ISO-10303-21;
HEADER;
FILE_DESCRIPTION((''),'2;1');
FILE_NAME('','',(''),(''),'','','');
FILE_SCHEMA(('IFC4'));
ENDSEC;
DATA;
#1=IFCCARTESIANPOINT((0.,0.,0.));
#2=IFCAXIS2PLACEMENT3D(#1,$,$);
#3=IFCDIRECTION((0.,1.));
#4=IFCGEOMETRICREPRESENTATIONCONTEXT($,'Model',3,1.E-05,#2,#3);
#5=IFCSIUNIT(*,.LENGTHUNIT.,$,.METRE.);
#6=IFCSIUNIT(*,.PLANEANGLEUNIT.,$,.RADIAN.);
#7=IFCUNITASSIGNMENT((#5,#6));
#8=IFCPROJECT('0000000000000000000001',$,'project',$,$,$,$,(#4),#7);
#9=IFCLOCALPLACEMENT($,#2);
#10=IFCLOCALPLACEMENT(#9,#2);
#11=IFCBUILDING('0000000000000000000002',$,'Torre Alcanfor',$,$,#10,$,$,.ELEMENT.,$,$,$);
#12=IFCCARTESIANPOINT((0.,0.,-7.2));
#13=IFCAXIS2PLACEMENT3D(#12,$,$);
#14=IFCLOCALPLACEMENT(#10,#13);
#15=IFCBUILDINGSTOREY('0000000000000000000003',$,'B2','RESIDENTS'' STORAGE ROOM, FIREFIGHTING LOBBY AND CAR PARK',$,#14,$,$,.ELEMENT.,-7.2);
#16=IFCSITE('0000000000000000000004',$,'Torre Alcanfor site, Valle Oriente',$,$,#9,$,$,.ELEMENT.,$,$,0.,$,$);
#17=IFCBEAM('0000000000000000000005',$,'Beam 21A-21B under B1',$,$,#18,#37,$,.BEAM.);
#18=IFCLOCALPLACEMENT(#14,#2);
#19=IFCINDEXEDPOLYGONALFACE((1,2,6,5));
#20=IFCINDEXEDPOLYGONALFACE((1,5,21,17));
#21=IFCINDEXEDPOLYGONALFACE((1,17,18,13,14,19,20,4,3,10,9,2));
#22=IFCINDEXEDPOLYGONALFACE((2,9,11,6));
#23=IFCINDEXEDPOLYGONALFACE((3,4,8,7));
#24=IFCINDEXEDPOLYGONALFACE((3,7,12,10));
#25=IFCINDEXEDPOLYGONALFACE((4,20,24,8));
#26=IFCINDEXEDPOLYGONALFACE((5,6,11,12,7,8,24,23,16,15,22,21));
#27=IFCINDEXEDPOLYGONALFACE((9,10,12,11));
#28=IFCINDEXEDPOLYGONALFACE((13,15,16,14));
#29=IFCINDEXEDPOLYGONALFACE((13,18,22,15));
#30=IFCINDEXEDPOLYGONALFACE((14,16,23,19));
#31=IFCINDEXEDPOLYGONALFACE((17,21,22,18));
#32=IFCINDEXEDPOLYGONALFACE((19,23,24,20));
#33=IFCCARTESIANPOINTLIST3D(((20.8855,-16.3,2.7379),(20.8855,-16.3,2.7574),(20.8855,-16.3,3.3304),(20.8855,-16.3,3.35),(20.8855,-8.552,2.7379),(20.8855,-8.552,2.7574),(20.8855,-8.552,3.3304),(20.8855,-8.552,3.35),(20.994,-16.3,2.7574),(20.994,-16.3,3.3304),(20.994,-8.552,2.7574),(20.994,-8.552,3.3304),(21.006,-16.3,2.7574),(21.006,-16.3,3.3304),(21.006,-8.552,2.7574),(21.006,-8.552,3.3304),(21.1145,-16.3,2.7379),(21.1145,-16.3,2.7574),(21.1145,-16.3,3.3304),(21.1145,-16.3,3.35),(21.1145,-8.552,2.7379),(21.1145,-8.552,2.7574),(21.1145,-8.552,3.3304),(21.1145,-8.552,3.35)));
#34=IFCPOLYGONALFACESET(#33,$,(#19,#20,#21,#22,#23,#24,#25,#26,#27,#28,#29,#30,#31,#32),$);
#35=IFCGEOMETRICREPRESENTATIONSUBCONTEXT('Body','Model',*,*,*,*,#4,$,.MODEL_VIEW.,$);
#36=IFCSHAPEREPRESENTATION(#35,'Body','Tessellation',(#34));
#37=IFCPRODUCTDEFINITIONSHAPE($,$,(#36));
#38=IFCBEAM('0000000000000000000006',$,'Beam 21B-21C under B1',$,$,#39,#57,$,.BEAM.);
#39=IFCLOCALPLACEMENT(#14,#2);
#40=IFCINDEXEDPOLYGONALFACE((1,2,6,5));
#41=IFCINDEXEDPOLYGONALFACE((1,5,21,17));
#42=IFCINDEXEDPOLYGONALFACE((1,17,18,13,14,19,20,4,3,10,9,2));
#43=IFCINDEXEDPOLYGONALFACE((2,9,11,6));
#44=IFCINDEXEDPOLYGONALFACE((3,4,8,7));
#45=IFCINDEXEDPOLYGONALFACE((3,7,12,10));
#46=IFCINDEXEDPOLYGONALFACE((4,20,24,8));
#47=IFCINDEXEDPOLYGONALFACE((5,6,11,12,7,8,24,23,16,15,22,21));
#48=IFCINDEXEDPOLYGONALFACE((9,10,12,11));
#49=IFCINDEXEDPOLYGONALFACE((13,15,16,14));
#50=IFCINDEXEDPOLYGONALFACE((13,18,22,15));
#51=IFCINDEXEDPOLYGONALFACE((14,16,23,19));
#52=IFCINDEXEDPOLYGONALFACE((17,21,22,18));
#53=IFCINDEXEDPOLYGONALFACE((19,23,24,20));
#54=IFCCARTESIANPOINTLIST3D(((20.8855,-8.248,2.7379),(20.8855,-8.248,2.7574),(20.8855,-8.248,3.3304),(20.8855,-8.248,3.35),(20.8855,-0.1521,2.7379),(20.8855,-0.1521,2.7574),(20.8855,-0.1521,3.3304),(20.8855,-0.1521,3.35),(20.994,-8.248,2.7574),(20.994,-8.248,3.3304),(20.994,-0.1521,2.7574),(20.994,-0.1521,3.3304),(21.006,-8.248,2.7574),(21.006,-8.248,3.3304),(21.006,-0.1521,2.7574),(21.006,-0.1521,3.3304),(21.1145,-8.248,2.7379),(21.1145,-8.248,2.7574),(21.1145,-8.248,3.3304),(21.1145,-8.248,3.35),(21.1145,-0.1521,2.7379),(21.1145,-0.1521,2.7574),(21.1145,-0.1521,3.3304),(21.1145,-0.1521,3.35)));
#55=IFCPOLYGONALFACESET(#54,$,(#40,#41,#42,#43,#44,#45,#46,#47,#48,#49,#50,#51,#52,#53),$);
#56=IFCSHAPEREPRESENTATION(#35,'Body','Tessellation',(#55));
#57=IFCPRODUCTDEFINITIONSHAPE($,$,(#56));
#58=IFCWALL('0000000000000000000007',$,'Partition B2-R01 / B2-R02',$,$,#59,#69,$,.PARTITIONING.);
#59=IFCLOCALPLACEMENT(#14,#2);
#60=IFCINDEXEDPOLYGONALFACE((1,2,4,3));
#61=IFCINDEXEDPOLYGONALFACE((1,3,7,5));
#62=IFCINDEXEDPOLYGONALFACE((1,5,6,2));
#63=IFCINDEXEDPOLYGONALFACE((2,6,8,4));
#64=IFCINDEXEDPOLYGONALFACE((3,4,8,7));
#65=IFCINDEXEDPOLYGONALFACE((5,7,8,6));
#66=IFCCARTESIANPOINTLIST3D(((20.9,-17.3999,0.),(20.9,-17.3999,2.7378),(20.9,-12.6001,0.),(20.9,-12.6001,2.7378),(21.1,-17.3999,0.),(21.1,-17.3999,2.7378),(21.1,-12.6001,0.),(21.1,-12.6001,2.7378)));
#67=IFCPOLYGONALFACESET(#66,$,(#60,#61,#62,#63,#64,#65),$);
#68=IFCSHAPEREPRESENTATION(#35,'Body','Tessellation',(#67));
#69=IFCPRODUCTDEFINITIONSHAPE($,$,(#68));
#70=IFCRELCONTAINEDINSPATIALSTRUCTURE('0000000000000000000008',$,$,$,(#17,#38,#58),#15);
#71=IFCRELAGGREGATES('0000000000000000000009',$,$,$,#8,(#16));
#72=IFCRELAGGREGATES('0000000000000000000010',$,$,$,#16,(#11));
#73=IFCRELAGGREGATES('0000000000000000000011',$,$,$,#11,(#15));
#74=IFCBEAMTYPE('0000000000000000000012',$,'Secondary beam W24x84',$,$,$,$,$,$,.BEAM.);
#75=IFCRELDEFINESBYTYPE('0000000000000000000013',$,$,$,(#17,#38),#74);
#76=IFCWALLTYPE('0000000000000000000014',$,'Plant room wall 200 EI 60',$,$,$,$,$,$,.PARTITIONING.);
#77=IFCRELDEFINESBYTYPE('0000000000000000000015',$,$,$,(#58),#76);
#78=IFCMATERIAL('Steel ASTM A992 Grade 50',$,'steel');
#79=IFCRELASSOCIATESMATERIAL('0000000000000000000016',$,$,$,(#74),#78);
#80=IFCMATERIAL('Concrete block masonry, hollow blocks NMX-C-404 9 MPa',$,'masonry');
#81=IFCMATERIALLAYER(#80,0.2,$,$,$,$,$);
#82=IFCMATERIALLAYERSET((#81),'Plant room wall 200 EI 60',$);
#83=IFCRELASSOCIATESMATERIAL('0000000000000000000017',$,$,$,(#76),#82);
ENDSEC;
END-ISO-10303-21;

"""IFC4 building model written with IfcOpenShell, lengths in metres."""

from ifc_helpers import new_model, si_unit, direction, frame, frame_2d, origin, origin_2d, place, context, subcontext, project, spatial, rectangle, i_section, extrude, material, layer, layer_set, material_profile, profile_set, type_object, element, save


model = new_model("IFC4")

# Units and contexts
model_context = context("Model", 3, precision=1e-05, world=origin(), true_north=direction((0.0, 1.0)))
body_context = subcontext(model_context, "Body", "Model", "MODEL_VIEW")
ifc_project = project(units=[si_unit("LENGTHUNIT", "METRE"), si_unit("PLANEANGLEUNIT", "RADIAN")], contexts=[model_context])

# Site, building, storey
site_placement = place(None, origin())
site = spatial("IfcSite", under=ifc_project, at=site_placement, Name="Torre Alcanfor site, Valle Oriente", CompositionType="ELEMENT", RefElevation=0.0)
building_placement = place(site_placement, origin())
building = spatial("IfcBuilding", under=site, at=building_placement, Name="Torre Alcanfor", CompositionType="ELEMENT")
storey_placement = place(building_placement, frame((0.0, 0.0, -7.2)))
storey = spatial("IfcBuildingStorey", under=building, at=storey_placement, Name="B2", Description="RESIDENTS' STORAGE ROOM, FIREFIGHTING LOBBY AND CAR PARK", CompositionType="ELEMENT", Elevation=-7.2)

# Beams
ifc_material_1 = material(Name="Steel ASTM A992 Grade 50", Category="steel")
ifc_material_profile_1 = material_profile(ifc_material_1, i_section(OverallWidth=0.229, OverallDepth=0.6121, WebThickness=0.012, FlangeThickness=0.0195, at=origin_2d()), Name="W24x84")
ifc_profile_set_1 = profile_set([ifc_material_profile_1], Name="Steel ASTM A992 Grade 50")
beam_type_1 = type_object("IfcBeamType", Name="Secondary beam W24x84", PredefinedType="BEAM", material=ifc_profile_set_1)
beam_1_placement = place(storey_placement, frame((21.0, -16.3, 3.0439), z_axis=(0.0, 1.0, 0.0), x_axis=(-1.0, 0.0, 0.0)))
element("IfcBeam", 1, at=beam_1_placement, inside=storey, type_object=beam_type_1, Name="Beam 21A-21B under B1", PredefinedType="BEAM", context=body_context, shape_type="SweptSolid", body=[
    extrude(i_section(OverallWidth=0.229, OverallDepth=0.6121, WebThickness=0.012, FlangeThickness=0.0195, at=origin_2d()), origin(), (0.0, 0.0, 1.0), 7.748),
])
beam_2_placement = place(storey_placement, frame((21.0, -8.248, 3.0439), z_axis=(0.0, 1.0, 0.0), x_axis=(-1.0, 0.0, 0.0)))
element("IfcBeam", 2, at=beam_2_placement, inside=storey, type_object=beam_type_1, Name="Beam 21B-21C under B1", PredefinedType="BEAM", context=body_context, shape_type="SweptSolid", body=[
    extrude(i_section(OverallWidth=0.229, OverallDepth=0.6121, WebThickness=0.012, FlangeThickness=0.0195, at=origin_2d()), origin(), (0.0, 0.0, 1.0), 8.0959),
])

# Shared definitions
ifc_material_2 = material(Name="Concrete block masonry, hollow blocks NMX-C-404 9 MPa", Category="masonry")
ifc_layer_1 = layer(ifc_material_2, 0.2)
ifc_layer_set_1 = layer_set([ifc_layer_1], Name="Plant room wall 200 EI 60")
wall_type = type_object("IfcWallType", Name="Plant room wall 200 EI 60", PredefinedType="PARTITIONING", material=ifc_layer_set_1)

# Wall
wall_1_placement = place(storey_placement, frame((21.0, -12.6001, 0.0), z_axis=(0.0, 0.0, 1.0), x_axis=(0.0, -1.0, 0.0)))
element("IfcWall", 3, at=wall_1_placement, inside=storey, type_object=wall_type, Name="Partition B2-R01 / B2-R02", PredefinedType="PARTITIONING", context=body_context, shape_type="SweptSolid", body=[
    extrude(rectangle(XDim=4.7998, YDim=0.2, at=frame_2d((2.3999, 0.0))), origin(), (0.0, 0.0, 1.0), 2.7378),
])

save(model, "model.ifc")
